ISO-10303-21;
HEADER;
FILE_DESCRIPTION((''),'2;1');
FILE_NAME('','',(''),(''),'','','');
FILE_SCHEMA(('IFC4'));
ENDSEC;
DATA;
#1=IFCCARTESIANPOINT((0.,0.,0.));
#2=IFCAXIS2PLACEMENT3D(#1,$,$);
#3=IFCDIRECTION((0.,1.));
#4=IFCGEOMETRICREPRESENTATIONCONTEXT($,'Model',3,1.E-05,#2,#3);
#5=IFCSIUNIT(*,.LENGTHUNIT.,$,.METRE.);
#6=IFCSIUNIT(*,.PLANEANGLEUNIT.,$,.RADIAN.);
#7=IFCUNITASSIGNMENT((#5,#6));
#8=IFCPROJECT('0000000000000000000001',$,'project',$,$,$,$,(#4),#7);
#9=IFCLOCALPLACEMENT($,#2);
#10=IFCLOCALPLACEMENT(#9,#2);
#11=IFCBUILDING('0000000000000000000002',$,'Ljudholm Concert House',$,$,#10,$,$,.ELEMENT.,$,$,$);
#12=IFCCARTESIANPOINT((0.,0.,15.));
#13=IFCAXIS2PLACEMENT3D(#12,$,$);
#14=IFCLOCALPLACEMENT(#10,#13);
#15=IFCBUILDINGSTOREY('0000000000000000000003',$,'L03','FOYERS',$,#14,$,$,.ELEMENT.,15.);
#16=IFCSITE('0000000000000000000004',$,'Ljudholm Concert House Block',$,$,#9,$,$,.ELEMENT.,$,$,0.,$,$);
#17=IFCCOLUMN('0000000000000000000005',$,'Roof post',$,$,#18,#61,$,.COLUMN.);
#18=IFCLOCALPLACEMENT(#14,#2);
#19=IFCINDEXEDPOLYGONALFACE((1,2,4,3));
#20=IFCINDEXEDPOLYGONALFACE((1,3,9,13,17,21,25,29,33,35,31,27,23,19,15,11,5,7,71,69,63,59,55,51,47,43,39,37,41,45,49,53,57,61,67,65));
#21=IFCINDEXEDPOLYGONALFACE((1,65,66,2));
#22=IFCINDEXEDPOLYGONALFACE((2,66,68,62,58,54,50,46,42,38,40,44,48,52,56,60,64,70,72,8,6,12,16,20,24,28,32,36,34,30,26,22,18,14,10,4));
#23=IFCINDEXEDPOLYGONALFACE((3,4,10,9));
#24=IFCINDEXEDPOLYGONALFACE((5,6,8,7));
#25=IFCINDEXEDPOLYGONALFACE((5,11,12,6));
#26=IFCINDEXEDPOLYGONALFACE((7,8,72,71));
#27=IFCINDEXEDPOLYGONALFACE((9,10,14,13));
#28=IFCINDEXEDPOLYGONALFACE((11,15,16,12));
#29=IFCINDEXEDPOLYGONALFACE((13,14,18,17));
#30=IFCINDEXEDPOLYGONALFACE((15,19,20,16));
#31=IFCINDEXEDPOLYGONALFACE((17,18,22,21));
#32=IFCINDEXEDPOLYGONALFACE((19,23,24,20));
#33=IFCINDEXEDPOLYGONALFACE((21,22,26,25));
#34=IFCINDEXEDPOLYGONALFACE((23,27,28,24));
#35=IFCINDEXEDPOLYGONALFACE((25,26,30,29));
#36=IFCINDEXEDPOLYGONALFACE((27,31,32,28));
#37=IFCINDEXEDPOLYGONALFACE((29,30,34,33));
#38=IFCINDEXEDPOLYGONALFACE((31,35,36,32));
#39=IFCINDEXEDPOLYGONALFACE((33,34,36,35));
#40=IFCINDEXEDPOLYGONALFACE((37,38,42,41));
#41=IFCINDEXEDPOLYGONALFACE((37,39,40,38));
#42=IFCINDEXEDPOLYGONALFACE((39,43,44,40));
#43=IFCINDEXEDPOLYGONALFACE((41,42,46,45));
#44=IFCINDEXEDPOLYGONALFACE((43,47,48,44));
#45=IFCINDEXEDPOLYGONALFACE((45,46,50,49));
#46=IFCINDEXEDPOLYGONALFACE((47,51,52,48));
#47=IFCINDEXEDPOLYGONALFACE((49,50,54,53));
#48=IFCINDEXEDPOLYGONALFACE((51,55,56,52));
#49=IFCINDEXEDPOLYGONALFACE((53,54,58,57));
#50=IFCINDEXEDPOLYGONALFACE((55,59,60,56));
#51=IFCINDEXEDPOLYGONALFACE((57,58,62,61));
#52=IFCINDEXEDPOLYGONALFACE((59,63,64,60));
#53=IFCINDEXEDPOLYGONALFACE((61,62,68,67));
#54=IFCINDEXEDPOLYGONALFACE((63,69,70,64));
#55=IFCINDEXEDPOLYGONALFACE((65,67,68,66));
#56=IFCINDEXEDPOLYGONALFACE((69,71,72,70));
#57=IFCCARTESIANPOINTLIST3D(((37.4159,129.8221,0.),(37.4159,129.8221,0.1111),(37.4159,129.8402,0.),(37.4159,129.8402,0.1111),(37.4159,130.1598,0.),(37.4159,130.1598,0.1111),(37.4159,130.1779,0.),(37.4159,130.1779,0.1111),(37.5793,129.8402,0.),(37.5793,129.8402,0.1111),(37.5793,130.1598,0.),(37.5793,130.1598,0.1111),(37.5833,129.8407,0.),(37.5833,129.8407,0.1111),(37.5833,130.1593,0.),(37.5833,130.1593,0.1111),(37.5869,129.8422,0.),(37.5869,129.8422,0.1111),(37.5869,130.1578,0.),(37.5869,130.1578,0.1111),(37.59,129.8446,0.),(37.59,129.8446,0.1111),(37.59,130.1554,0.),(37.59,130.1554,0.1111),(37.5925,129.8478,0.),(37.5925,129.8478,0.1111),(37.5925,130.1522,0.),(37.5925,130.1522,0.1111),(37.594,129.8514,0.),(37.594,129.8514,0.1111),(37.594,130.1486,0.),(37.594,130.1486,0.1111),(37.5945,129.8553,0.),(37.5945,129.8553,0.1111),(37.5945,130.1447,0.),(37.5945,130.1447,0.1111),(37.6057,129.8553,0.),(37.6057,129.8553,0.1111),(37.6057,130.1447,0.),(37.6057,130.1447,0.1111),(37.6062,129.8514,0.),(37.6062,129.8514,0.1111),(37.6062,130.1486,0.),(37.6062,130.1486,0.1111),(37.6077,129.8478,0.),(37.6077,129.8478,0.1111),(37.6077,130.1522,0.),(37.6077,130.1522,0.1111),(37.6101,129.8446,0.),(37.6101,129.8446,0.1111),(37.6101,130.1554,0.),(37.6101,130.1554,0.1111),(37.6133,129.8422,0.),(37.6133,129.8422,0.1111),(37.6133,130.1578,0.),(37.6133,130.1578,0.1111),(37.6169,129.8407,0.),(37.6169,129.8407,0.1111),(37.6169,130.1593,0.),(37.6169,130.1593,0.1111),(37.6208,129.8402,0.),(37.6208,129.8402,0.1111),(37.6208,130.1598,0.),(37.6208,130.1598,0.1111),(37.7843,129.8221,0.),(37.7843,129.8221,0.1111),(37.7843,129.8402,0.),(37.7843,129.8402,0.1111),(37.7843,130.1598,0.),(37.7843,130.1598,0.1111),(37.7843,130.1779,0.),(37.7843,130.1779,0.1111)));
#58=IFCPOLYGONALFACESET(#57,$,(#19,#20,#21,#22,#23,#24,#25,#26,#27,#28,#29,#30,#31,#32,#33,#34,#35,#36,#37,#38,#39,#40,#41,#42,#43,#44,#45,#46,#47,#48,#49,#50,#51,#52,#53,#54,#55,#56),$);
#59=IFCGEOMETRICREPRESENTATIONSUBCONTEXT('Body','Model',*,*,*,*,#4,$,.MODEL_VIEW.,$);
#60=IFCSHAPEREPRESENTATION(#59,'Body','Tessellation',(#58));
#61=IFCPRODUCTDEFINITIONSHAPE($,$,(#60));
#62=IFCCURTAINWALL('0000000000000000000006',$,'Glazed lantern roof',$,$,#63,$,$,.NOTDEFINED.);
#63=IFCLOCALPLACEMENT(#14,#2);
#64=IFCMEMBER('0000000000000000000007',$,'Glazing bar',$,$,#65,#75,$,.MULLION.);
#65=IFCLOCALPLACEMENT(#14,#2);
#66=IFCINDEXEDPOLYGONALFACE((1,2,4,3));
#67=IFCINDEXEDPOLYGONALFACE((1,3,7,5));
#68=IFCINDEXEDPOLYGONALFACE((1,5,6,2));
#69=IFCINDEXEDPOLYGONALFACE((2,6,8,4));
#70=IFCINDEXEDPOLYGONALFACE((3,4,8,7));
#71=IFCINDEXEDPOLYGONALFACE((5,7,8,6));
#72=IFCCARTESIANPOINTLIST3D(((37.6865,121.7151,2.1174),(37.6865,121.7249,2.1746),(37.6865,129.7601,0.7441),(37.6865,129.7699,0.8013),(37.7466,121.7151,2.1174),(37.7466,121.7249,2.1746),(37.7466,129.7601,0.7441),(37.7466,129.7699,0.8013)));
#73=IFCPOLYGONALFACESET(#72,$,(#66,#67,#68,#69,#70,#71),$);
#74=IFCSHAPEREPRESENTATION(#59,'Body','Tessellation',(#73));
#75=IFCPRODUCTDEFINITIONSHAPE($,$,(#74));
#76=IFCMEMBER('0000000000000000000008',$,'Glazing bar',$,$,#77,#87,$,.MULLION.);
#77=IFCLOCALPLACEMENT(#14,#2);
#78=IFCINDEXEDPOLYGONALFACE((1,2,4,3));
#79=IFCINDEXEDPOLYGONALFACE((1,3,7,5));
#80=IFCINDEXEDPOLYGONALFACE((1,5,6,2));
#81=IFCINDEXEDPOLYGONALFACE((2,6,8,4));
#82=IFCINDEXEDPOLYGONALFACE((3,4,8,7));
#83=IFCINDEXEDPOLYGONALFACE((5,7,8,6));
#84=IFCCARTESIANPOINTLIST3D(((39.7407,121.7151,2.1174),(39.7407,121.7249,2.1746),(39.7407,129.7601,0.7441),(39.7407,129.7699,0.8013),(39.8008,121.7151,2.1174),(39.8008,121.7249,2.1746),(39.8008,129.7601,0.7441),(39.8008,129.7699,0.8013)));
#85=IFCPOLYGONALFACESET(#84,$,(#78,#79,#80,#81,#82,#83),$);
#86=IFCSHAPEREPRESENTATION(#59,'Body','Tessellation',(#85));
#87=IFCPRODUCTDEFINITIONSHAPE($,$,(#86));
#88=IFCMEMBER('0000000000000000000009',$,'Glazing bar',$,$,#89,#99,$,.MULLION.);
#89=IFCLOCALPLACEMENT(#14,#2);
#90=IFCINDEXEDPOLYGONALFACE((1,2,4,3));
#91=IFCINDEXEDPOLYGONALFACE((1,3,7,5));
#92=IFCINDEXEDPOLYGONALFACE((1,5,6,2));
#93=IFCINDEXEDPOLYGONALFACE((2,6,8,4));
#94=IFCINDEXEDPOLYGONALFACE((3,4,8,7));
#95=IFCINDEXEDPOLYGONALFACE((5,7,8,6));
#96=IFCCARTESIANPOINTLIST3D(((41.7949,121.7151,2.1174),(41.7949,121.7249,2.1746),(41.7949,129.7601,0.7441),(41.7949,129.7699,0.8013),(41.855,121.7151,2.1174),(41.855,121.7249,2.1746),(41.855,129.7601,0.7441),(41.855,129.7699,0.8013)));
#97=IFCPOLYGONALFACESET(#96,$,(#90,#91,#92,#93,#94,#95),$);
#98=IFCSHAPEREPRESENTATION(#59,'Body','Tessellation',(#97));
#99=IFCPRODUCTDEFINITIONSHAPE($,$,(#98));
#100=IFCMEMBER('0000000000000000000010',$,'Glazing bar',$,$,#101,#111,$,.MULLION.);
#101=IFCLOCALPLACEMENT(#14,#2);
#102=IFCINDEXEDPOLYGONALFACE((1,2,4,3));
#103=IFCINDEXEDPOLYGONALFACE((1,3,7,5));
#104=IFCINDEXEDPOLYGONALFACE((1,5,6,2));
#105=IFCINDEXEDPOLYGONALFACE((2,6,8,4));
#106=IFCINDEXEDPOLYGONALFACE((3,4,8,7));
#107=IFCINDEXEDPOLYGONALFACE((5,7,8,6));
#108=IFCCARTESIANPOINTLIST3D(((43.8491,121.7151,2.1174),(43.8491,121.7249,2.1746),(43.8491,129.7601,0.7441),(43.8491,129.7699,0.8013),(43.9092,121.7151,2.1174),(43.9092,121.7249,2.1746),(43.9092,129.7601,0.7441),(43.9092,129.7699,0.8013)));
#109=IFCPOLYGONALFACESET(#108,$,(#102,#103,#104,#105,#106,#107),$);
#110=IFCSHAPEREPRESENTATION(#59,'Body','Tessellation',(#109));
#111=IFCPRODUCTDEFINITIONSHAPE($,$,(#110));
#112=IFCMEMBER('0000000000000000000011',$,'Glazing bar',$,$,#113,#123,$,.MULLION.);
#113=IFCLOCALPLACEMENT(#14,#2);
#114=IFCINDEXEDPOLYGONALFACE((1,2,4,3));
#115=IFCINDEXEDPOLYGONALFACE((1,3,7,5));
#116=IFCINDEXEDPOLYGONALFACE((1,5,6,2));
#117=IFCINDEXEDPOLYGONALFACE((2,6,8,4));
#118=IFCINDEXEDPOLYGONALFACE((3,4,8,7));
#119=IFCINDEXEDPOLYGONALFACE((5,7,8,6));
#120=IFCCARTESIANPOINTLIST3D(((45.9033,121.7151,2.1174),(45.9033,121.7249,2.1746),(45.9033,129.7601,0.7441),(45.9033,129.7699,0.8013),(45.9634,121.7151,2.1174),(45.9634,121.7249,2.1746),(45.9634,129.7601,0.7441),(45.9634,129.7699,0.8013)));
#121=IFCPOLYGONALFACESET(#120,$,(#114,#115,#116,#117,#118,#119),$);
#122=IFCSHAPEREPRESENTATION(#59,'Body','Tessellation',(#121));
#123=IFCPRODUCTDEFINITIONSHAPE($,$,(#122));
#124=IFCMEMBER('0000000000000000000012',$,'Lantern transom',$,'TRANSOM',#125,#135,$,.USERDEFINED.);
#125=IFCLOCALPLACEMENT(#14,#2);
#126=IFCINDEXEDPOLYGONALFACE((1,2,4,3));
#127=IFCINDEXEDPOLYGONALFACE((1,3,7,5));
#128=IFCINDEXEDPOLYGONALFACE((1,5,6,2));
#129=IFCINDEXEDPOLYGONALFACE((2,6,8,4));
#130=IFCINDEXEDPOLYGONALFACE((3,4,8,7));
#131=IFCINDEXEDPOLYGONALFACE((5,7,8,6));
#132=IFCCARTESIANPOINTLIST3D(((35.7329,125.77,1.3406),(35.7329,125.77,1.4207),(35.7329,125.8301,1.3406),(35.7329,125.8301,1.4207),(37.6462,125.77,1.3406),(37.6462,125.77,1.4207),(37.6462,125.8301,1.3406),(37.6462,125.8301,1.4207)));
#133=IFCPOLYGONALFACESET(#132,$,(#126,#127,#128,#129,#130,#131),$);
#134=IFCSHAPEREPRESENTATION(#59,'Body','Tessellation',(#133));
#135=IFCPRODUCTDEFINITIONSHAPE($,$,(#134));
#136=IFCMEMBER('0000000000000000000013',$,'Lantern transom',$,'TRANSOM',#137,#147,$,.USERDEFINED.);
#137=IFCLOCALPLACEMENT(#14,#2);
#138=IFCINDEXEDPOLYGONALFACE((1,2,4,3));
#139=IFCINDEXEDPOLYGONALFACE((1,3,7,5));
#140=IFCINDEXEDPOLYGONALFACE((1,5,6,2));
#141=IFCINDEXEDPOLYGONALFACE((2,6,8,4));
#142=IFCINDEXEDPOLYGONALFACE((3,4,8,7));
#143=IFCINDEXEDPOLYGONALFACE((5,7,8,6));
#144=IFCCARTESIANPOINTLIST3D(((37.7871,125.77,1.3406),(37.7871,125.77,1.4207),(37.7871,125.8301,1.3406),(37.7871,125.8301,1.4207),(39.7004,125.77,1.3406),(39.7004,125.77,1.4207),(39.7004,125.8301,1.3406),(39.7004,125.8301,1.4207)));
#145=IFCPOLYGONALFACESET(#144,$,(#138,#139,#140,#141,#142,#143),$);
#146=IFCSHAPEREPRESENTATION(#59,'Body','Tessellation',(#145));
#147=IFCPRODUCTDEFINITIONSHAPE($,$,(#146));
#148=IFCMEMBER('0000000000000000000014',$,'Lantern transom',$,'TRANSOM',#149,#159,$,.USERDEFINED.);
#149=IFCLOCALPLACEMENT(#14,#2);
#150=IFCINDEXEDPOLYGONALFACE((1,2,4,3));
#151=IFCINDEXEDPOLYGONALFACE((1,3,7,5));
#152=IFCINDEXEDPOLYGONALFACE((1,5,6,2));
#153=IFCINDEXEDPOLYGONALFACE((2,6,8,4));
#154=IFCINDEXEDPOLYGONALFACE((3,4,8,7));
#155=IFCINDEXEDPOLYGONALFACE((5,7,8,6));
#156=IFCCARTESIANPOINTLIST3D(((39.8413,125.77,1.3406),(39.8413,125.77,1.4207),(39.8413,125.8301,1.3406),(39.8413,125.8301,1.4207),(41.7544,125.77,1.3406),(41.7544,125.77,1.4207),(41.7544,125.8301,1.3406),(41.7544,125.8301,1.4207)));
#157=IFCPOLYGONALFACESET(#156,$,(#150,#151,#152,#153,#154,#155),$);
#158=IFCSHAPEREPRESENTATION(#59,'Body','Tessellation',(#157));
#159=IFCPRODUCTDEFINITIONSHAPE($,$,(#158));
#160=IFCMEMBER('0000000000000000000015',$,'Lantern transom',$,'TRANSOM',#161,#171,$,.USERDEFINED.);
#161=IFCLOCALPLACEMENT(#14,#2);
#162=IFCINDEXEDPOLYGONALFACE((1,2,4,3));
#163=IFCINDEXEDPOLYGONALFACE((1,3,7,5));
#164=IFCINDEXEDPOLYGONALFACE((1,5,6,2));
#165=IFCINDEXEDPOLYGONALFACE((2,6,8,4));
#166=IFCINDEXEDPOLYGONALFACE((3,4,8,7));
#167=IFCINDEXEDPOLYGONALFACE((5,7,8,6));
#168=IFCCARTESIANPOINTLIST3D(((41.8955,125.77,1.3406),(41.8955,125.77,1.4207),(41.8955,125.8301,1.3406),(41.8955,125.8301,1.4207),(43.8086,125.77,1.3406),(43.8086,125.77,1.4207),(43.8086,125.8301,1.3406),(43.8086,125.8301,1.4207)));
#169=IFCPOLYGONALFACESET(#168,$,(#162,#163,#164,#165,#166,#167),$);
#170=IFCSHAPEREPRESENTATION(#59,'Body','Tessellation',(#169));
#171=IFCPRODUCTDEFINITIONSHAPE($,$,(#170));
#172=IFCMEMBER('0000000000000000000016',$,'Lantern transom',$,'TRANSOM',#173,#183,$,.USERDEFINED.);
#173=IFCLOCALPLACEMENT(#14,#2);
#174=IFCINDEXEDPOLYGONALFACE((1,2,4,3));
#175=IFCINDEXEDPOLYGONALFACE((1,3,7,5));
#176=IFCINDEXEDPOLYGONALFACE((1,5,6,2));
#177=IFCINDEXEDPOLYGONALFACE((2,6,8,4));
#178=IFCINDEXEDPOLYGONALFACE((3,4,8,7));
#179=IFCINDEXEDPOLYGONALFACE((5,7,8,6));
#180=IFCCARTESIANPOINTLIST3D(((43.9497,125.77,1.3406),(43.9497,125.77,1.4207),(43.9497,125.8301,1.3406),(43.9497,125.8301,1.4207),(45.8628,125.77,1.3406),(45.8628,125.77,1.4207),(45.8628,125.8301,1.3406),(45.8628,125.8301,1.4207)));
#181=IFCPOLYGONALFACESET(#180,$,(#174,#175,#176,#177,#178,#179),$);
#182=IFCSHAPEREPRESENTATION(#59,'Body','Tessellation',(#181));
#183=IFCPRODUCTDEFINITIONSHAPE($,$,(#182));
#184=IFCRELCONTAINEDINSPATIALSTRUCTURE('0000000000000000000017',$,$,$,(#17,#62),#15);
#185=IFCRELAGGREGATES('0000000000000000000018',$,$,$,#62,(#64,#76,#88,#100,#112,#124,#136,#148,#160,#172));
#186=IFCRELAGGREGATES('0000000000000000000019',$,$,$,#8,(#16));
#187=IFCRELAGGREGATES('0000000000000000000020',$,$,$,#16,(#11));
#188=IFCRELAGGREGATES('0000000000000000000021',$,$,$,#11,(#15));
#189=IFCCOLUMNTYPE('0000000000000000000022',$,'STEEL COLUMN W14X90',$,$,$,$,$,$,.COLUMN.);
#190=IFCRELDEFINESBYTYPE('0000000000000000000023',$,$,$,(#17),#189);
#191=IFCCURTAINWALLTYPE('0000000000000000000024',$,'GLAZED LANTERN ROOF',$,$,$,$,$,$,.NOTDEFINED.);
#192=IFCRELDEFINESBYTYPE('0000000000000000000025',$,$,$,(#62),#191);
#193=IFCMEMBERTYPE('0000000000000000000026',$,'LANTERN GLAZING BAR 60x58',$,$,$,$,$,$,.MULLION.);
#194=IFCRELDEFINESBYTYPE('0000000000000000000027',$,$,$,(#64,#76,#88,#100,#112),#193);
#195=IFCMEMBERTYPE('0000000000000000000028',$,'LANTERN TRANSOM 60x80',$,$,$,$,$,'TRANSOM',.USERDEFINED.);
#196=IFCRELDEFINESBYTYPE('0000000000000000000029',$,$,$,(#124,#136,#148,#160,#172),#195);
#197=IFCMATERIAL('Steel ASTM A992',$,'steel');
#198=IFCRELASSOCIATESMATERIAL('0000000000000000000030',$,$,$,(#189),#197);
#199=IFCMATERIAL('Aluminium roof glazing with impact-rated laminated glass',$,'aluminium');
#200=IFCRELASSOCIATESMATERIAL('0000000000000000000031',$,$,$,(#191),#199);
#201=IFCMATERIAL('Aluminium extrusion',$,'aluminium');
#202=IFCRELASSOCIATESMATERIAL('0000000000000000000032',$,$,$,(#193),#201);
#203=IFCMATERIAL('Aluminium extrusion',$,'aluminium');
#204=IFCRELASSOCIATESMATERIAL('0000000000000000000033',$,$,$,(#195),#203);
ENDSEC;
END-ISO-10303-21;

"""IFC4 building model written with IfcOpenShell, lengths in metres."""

from ifc_helpers import new_model, si_unit, direction, frame, origin, origin_2d, place, context, subcontext, project, spatial, rectangle, i_section, extrude, material, material_profile, profile_set, type_object, element, aggregate, save


model = new_model("IFC4")

# Units and contexts
model_context = context("Model", 3, precision=1e-05, world=origin(), true_north=direction((0.0, 1.0)))
body_context = subcontext(model_context, "Body", "Model", "MODEL_VIEW")
ifc_project = project(units=[si_unit("LENGTHUNIT", "METRE"), si_unit("PLANEANGLEUNIT", "RADIAN")], contexts=[model_context])

# Site, building, storey
site_placement = place(None, origin())
site = spatial("IfcSite", under=ifc_project, at=site_placement, Name="Ljudholm Concert House Block", CompositionType="ELEMENT", RefElevation=0.0)
building_placement = place(site_placement, origin())
building = spatial("IfcBuilding", under=site, at=building_placement, Name="Ljudholm Concert House", CompositionType="ELEMENT")
storey_placement = place(building_placement, frame((0.0, 0.0, 15.0)))
storey = spatial("IfcBuildingStorey", under=building, at=storey_placement, Name="L03", Description="FOYERS", CompositionType="ELEMENT", Elevation=15.0)

# Column
ifc_material_1 = material(Name="Steel ASTM A992", Category="steel")
ifc_material_profile_1 = material_profile(ifc_material_1, i_section(OverallWidth=0.3684, OverallDepth=0.3557, WebThickness=0.0112, FlangeThickness=0.0181, FilletRadius=0.0151, at=origin_2d()), Name="W14X90")
ifc_profile_set_1 = profile_set([ifc_material_profile_1], Name="Steel ASTM A992")
column_type = type_object("IfcColumnType", Name="STEEL COLUMN W14X90", PredefinedType="COLUMN", material=ifc_profile_set_1)
column_placement = place(storey_placement, frame((37.6001, 130.0, 0.0), z_axis=(0.0, 0.0, 1.0), x_axis=(1.0, 0.0, 0.0)))
element("IfcColumn", 1, at=column_placement, inside=storey, type_object=column_type, Name="Roof post", PredefinedType="COLUMN", context=body_context, shape_type="SweptSolid", body=[
    extrude(i_section(OverallWidth=0.3684, OverallDepth=0.3557, WebThickness=0.0112, FlangeThickness=0.0181, FilletRadius=0.0151, at=origin_2d()), origin(), (0.0, 0.0, 1.0), 0.1111),
])

# Curtain wall, members
ifc_material_2 = material(Name="Aluminium roof glazing with impact-rated laminated glass", Category="aluminium")
curtain_wall_type = type_object("IfcCurtainWallType", Name="GLAZED LANTERN ROOF", PredefinedType="NOTDEFINED", material=ifc_material_2)
curtain_wall_placement = place(storey_placement, origin())
curtain_wall = element("IfcCurtainWall", 2, at=curtain_wall_placement, inside=storey, type_object=curtain_wall_type, Name="Glazed lantern roof", PredefinedType="NOTDEFINED")
ifc_material_3 = material(Name="Aluminium extrusion", Category="aluminium")
ifc_material_profile_2 = material_profile(ifc_material_3, rectangle(XDim=0.0601, YDim=0.0581, at=origin_2d()), Name="LANTERN GLAZING BAR 60x58")
ifc_profile_set_2 = profile_set([ifc_material_profile_2], Name="Aluminium extrusion")
member_type_1 = type_object("IfcMemberType", Name="LANTERN GLAZING BAR 60x58", PredefinedType="MULLION", material=ifc_profile_set_2)
member_1_placement = place(storey_placement, frame((37.7166, 121.72, 2.146), z_axis=(0.0, 0.985741, -0.168269), x_axis=(-1.0, 0.0, 0.0)))
member_1 = element("IfcMember", 3, at=member_1_placement, type_object=member_type_1, Name="Glazing bar", PredefinedType="MULLION", context=body_context, shape_type="SweptSolid", body=[
    extrude(rectangle(XDim=0.0601, YDim=0.0581, at=origin_2d()), origin(), (0.0, 0.0, 1.0), 8.1614),
])
member_2_placement = place(storey_placement, frame((39.7708, 121.72, 2.146), z_axis=(0.0, 0.985741, -0.168269), x_axis=(-1.0, 0.0, 0.0)))
member_2 = element("IfcMember", 4, at=member_2_placement, type_object=member_type_1, Name="Glazing bar", PredefinedType="MULLION", context=body_context, shape_type="SweptSolid", body=[
    extrude(rectangle(XDim=0.0601, YDim=0.0581, at=origin_2d()), origin(), (0.0, 0.0, 1.0), 8.1614),
])
member_3_placement = place(storey_placement, frame((41.825, 121.72, 2.146), z_axis=(0.0, 0.985741, -0.168269), x_axis=(-1.0, 0.0, 0.0)))
member_3 = element("IfcMember", 5, at=member_3_placement, type_object=member_type_1, Name="Glazing bar", PredefinedType="MULLION", context=body_context, shape_type="SweptSolid", body=[
    extrude(rectangle(XDim=0.0601, YDim=0.0581, at=origin_2d()), origin(), (0.0, 0.0, 1.0), 8.1614),
])
member_4_placement = place(storey_placement, frame((43.8792, 121.72, 2.146), z_axis=(0.0, 0.985741, -0.168269), x_axis=(-1.0, 0.0, 0.0)))
member_4 = element("IfcMember", 6, at=member_4_placement, type_object=member_type_1, Name="Glazing bar", PredefinedType="MULLION", context=body_context, shape_type="SweptSolid", body=[
    extrude(rectangle(XDim=0.0601, YDim=0.0581, at=origin_2d()), origin(), (0.0, 0.0, 1.0), 8.1614),
])
member_5_placement = place(storey_placement, frame((45.9333, 121.72, 2.146), z_axis=(0.0, 0.985741, -0.168269), x_axis=(-1.0, 0.0, 0.0)))
member_5 = element("IfcMember", 7, at=member_5_placement, type_object=member_type_1, Name="Glazing bar", PredefinedType="MULLION", context=body_context, shape_type="SweptSolid", body=[
    extrude(rectangle(XDim=0.0601, YDim=0.0581, at=origin_2d()), origin(), (0.0, 0.0, 1.0), 8.1614),
])
ifc_material_4 = material(Name="Aluminium extrusion", Category="aluminium")
ifc_material_profile_3 = material_profile(ifc_material_4, rectangle(XDim=0.0601, YDim=0.0801, at=origin_2d()), Name="LANTERN TRANSOM 60x80")
ifc_profile_set_3 = profile_set([ifc_material_profile_3], Name="Aluminium extrusion")
member_type_2 = type_object("IfcMemberType", Name="LANTERN TRANSOM 60x80", ElementType="TRANSOM", PredefinedType="USERDEFINED", material=ifc_profile_set_3)
member_6_placement = place(storey_placement, frame((35.7329, 125.8, 1.3806), z_axis=(1.0, 0.0, 0.0), x_axis=(0.0, 1.0, 0.0)))
member_6 = element("IfcMember", 8, at=member_6_placement, type_object=member_type_2, Name="Lantern transom", ObjectType="TRANSOM", PredefinedType="USERDEFINED", context=body_context, shape_type="SweptSolid", body=[
    extrude(rectangle(XDim=0.0601, YDim=0.0801, at=origin_2d()), origin(), (0.0, 0.0, 1.0), 1.9133),
])
member_7_placement = place(storey_placement, frame((37.7871, 125.8, 1.3806), z_axis=(1.0, 0.0, 0.0), x_axis=(0.0, 1.0, 0.0)))
member_7 = element("IfcMember", 9, at=member_7_placement, type_object=member_type_2, Name="Lantern transom", ObjectType="TRANSOM", PredefinedType="USERDEFINED", context=body_context, shape_type="SweptSolid", body=[
    extrude(rectangle(XDim=0.0601, YDim=0.0801, at=origin_2d()), origin(), (0.0, 0.0, 1.0), 1.9133),
])
member_8_placement = place(storey_placement, frame((39.8413, 125.8, 1.3806), z_axis=(1.0, 0.0, 0.0), x_axis=(0.0, 1.0, 0.0)))
member_8 = element("IfcMember", 10, at=member_8_placement, type_object=member_type_2, Name="Lantern transom", ObjectType="TRANSOM", PredefinedType="USERDEFINED", context=body_context, shape_type="SweptSolid", body=[
    extrude(rectangle(XDim=0.0601, YDim=0.0801, at=origin_2d()), origin(), (0.0, 0.0, 1.0), 1.9131),
])
member_9_placement = place(storey_placement, frame((41.8955, 125.8, 1.3806), z_axis=(1.0, 0.0, 0.0), x_axis=(0.0, 1.0, 0.0)))
member_9 = element("IfcMember", 11, at=member_9_placement, type_object=member_type_2, Name="Lantern transom", ObjectType="TRANSOM", PredefinedType="USERDEFINED", context=body_context, shape_type="SweptSolid", body=[
    extrude(rectangle(XDim=0.0601, YDim=0.0801, at=origin_2d()), origin(), (0.0, 0.0, 1.0), 1.9131),
])
member_10_placement = place(storey_placement, frame((43.9497, 125.8, 1.3806), z_axis=(1.0, 0.0, 0.0), x_axis=(0.0, 1.0, 0.0)))
member_10 = element("IfcMember", 12, at=member_10_placement, type_object=member_type_2, Name="Lantern transom", ObjectType="TRANSOM", PredefinedType="USERDEFINED", context=body_context, shape_type="SweptSolid", body=[
    extrude(rectangle(XDim=0.0601, YDim=0.0801, at=origin_2d()), origin(), (0.0, 0.0, 1.0), 1.9131),
])

aggregate(curtain_wall, [member_1, member_2, member_3, member_4, member_5, member_6, member_7, member_8, member_9, member_10])

save(model, "model.ifc")
